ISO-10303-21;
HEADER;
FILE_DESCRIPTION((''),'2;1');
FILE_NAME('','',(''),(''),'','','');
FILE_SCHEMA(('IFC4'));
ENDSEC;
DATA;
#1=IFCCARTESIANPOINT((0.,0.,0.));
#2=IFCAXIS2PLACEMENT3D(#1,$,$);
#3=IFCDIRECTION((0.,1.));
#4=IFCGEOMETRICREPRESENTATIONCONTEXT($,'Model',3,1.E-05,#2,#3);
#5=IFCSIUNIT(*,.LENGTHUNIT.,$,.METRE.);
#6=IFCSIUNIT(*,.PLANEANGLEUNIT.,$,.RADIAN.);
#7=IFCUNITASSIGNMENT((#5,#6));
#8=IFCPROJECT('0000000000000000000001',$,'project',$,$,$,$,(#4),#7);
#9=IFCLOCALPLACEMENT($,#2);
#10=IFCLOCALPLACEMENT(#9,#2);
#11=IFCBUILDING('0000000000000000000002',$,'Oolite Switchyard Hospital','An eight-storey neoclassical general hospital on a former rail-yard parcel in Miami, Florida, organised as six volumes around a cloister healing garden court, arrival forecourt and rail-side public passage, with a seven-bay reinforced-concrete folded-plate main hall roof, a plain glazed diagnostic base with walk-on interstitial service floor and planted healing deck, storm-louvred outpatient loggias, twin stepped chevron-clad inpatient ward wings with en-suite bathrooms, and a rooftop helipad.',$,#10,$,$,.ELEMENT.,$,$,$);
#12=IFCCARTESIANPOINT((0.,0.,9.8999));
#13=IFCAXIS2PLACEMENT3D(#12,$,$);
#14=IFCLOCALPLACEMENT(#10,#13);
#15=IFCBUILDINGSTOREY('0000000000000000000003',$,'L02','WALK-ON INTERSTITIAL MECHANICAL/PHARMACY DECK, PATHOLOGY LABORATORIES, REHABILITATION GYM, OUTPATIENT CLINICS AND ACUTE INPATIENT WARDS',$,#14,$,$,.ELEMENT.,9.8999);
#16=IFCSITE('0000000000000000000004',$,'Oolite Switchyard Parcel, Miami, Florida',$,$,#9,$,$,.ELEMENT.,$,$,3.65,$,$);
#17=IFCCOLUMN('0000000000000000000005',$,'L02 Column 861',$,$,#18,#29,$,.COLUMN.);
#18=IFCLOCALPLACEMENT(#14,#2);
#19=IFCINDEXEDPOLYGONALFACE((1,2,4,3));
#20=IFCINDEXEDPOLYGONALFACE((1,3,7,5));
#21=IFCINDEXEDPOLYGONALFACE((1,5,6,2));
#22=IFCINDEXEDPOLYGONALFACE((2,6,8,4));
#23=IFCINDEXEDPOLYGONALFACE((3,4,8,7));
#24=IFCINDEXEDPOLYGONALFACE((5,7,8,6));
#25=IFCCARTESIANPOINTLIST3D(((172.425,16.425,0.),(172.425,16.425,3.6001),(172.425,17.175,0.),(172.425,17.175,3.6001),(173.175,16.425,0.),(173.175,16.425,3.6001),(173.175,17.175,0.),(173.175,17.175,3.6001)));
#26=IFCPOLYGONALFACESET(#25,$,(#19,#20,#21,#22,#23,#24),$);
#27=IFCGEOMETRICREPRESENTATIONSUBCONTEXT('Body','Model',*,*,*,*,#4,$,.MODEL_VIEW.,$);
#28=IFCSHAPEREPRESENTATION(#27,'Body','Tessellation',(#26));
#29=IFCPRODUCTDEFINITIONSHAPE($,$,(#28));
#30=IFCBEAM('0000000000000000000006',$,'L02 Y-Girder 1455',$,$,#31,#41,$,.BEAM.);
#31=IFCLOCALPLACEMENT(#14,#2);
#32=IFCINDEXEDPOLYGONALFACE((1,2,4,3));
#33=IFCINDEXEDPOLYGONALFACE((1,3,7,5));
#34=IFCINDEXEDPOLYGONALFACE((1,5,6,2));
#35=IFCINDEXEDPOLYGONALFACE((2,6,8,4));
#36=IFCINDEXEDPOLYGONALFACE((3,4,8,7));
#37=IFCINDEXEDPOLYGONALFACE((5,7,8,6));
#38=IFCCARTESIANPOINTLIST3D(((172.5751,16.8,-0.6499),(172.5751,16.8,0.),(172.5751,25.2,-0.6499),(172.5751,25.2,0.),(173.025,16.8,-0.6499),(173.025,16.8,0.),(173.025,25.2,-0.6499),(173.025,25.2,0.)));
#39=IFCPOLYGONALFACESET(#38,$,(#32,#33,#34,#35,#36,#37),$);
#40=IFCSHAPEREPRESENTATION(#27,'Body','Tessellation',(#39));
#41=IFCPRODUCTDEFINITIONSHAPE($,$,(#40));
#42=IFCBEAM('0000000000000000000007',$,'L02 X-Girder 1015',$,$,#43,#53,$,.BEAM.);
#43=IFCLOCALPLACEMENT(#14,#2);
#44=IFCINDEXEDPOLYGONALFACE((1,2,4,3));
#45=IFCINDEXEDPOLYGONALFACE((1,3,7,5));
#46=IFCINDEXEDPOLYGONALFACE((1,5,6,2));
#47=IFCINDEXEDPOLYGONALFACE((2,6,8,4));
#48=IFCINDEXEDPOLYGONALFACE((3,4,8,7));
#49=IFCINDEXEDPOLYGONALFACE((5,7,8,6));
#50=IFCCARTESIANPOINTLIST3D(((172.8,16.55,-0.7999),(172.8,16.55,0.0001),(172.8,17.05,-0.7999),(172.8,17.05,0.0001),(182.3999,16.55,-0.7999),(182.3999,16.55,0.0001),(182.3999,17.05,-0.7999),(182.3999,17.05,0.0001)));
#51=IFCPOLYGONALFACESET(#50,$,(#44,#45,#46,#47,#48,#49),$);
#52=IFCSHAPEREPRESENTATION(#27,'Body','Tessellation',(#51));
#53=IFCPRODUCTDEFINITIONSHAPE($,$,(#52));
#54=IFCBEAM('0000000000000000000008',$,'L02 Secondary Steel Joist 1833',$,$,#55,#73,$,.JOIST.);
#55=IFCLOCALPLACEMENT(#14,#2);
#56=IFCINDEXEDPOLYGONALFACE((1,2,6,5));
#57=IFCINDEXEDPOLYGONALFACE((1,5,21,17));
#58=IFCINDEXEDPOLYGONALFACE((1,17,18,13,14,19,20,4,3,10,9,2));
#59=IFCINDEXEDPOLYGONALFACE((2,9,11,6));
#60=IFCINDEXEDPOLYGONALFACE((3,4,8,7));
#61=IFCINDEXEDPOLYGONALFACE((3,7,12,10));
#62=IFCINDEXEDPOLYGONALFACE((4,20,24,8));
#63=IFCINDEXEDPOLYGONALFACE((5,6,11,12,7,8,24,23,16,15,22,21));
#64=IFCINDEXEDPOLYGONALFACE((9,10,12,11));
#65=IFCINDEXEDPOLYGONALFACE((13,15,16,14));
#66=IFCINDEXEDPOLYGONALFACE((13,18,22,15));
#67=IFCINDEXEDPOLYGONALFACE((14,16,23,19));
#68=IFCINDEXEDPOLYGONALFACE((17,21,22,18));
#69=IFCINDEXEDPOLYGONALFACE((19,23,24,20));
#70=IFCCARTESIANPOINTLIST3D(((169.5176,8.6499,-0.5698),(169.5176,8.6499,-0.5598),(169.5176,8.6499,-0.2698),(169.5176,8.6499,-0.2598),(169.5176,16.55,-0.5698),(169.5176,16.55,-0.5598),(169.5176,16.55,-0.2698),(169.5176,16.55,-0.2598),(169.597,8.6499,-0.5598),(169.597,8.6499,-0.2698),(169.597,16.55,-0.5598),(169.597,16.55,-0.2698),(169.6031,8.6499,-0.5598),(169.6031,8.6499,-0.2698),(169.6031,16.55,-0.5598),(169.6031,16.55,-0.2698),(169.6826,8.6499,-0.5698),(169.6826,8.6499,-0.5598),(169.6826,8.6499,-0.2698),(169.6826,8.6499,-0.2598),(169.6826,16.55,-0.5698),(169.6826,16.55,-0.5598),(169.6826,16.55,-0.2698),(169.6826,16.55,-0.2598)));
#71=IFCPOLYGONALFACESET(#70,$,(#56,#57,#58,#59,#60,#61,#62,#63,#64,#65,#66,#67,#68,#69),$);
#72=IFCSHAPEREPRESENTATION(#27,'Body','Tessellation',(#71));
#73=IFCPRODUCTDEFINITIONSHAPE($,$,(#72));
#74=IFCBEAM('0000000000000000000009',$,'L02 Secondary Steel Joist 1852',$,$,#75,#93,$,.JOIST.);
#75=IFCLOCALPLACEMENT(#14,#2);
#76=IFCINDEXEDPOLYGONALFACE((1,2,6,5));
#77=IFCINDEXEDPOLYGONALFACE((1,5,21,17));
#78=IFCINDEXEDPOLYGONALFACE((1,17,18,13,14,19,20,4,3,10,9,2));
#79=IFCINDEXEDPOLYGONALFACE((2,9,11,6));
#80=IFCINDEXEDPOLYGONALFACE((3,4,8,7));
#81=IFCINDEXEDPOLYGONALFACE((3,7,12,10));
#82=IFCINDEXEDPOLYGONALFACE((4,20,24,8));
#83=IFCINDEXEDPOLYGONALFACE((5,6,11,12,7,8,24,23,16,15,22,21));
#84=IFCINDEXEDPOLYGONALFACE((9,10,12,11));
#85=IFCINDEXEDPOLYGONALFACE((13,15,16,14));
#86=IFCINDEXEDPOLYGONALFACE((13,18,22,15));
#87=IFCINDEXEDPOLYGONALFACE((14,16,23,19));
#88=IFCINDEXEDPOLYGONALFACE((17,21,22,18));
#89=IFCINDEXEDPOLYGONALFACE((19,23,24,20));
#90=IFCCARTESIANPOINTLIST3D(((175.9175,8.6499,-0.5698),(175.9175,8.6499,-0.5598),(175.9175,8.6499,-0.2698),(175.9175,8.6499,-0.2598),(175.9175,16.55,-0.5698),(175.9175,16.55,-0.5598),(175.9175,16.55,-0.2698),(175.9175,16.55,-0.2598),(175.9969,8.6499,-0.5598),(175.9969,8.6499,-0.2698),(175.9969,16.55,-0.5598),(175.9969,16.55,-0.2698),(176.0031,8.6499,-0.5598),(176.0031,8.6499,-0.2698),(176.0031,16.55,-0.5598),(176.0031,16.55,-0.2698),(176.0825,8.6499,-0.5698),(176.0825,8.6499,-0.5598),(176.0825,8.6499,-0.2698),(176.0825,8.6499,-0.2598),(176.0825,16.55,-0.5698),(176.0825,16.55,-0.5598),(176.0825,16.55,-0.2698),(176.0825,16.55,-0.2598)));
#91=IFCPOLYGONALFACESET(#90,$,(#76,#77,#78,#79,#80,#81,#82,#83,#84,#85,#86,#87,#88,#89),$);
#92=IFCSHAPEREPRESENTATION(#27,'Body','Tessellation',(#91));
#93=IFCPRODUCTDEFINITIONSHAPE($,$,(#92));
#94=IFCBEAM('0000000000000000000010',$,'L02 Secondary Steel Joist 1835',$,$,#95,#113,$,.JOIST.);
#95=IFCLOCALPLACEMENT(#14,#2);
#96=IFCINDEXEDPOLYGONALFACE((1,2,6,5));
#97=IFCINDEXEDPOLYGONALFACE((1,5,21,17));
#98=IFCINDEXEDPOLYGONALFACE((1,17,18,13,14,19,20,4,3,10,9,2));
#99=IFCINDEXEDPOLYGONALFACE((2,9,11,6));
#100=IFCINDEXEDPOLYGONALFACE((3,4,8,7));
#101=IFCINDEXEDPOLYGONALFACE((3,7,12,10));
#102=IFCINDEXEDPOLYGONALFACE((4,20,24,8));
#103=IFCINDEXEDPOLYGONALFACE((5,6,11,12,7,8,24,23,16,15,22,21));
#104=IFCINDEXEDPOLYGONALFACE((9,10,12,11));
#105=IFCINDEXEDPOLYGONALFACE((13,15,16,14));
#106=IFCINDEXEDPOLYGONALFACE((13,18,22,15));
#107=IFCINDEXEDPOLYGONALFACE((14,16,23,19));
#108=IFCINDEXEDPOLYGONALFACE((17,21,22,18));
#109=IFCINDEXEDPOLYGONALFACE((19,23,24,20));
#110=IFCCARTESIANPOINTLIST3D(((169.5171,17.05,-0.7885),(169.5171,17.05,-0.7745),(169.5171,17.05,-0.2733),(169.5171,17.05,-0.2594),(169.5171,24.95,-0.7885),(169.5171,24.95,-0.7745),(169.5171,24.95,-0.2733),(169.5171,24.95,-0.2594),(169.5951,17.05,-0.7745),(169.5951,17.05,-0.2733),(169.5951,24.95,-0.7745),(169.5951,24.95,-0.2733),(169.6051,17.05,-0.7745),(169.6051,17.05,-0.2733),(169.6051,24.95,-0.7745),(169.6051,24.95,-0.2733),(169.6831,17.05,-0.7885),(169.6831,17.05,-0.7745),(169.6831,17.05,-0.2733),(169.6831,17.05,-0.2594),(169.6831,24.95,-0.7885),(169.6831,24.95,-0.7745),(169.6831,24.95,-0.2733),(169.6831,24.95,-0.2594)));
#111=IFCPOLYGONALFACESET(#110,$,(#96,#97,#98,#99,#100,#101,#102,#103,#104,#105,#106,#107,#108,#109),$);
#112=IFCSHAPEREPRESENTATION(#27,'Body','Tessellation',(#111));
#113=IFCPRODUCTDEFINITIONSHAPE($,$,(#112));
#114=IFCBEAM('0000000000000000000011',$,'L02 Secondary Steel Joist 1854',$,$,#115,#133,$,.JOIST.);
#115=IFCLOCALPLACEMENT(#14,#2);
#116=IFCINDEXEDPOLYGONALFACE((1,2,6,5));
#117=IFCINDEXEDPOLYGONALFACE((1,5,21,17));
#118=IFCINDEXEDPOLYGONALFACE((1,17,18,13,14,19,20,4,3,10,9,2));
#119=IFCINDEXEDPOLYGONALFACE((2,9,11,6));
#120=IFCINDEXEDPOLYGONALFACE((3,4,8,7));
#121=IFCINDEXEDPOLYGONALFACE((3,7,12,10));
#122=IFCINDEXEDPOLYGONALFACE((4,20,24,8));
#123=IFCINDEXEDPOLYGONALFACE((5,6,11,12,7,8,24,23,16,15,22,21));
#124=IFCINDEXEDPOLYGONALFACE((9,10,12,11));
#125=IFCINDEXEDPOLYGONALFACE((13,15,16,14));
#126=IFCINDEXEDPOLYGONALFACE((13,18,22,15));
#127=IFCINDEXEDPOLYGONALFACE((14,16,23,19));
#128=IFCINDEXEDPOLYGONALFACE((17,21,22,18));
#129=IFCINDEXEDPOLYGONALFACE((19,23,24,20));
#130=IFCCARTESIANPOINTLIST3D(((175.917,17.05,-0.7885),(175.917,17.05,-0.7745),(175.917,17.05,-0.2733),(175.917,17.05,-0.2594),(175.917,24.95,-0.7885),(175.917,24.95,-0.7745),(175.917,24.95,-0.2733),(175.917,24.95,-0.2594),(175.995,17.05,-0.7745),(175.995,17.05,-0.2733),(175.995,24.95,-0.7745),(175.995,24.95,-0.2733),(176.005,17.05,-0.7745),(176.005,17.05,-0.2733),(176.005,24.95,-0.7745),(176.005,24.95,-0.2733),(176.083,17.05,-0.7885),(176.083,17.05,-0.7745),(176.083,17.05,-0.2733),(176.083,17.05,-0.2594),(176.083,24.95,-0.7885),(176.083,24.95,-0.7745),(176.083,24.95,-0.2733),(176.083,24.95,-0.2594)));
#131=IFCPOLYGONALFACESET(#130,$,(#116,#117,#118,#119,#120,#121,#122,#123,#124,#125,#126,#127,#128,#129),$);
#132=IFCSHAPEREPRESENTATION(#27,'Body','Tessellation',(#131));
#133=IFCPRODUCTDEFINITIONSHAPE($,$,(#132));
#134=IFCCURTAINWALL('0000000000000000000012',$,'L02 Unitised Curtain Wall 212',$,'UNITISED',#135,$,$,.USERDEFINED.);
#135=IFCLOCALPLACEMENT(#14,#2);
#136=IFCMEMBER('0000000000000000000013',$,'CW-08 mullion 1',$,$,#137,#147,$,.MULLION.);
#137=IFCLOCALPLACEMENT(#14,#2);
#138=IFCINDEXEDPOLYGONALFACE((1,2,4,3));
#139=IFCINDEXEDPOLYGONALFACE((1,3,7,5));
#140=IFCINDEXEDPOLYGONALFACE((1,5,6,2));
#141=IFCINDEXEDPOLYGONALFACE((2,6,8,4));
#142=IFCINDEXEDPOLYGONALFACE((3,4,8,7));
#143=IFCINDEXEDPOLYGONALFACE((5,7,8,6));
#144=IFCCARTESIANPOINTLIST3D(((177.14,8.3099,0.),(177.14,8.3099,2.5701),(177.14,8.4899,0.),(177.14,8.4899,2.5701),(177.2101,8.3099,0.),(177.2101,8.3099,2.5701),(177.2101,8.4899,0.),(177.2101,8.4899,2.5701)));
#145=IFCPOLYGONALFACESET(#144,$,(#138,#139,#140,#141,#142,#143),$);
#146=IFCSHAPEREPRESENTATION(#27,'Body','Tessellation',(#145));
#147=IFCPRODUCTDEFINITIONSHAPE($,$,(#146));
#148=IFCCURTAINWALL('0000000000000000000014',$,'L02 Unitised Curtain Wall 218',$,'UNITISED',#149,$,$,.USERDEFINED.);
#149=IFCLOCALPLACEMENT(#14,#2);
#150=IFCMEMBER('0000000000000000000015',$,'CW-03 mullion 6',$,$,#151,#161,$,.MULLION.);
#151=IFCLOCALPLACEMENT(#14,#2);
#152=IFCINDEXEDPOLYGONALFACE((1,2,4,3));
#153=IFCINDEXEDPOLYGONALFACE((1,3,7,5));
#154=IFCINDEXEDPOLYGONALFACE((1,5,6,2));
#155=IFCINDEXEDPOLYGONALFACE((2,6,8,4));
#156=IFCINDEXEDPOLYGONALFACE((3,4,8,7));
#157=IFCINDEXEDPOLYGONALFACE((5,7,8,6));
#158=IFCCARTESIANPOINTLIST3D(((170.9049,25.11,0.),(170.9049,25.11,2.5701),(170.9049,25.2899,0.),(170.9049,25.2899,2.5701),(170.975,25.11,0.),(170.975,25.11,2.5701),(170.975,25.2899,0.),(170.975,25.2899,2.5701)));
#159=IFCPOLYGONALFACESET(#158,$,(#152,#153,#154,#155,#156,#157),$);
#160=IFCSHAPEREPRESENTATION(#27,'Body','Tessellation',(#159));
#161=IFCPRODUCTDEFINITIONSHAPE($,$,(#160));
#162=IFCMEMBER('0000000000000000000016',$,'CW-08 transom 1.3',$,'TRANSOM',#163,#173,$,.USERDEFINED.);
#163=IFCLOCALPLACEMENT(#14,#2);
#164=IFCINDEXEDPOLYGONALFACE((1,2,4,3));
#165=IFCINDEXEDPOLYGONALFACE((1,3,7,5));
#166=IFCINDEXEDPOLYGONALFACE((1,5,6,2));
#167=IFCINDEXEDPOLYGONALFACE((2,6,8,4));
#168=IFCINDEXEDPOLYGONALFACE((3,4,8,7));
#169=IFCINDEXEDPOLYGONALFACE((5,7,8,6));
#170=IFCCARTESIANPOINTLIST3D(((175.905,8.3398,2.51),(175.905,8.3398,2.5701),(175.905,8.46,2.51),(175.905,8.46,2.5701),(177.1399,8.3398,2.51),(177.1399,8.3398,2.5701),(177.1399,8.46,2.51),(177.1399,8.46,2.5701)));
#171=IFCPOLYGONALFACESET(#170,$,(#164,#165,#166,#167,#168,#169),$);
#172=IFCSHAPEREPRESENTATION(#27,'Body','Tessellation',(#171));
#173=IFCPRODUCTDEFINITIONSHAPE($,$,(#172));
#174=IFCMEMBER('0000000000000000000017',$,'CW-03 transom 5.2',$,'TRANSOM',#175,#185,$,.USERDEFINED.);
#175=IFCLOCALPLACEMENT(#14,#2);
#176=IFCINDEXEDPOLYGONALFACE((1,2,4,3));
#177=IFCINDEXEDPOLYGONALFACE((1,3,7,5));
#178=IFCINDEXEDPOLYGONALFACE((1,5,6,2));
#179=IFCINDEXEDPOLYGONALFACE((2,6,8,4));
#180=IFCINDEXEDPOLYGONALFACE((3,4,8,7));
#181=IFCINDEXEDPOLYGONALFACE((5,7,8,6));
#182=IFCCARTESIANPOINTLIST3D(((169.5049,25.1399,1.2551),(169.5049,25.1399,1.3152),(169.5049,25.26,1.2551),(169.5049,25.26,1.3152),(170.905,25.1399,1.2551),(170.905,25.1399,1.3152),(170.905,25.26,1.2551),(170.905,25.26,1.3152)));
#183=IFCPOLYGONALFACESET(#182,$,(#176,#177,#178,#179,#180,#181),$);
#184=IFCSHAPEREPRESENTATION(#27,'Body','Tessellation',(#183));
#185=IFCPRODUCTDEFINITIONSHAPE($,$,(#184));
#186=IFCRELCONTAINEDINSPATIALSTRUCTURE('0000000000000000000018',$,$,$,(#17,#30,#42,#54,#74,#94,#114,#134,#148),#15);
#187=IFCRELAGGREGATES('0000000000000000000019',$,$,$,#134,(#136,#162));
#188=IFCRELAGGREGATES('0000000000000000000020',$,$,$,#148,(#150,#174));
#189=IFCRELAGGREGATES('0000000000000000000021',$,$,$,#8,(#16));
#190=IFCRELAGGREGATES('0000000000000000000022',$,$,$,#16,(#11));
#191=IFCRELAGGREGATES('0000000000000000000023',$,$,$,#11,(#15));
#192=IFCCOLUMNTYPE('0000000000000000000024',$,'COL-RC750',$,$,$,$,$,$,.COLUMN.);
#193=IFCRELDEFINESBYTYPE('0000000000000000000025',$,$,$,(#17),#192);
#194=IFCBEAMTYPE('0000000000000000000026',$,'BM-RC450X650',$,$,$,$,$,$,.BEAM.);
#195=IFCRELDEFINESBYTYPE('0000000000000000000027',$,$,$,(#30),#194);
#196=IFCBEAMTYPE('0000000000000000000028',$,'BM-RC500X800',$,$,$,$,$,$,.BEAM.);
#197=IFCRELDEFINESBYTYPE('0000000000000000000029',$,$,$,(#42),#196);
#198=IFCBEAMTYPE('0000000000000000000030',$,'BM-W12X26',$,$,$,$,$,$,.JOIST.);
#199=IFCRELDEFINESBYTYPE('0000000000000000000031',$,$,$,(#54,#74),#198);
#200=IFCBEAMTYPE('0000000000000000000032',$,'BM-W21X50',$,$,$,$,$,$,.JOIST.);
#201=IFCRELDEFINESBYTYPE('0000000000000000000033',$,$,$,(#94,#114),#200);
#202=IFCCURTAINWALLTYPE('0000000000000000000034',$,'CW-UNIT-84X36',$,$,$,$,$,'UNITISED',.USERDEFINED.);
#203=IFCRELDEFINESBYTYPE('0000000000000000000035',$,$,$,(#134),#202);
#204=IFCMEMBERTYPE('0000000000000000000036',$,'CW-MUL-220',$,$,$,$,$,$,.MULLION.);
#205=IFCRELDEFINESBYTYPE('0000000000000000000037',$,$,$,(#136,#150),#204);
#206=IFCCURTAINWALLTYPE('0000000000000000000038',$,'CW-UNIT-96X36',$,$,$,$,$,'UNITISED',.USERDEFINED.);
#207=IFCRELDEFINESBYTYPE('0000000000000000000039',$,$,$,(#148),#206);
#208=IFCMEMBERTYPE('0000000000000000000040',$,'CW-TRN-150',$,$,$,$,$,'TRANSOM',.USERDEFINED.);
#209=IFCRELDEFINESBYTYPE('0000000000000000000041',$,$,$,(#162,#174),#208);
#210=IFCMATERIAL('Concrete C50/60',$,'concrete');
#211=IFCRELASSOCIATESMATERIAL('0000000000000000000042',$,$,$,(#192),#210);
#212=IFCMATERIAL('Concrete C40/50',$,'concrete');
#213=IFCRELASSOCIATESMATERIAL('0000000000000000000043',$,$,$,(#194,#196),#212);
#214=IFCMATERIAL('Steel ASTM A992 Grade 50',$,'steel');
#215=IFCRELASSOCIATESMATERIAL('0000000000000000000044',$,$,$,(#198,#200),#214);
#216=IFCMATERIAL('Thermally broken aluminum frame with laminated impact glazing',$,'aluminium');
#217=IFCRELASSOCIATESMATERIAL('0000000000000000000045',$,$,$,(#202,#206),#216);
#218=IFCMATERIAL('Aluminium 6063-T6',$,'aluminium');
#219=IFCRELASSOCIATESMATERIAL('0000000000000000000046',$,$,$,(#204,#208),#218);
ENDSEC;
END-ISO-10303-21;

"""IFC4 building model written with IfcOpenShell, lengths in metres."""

from ifc_helpers import new_model, si_unit, direction, frame, origin, origin_2d, place, context, subcontext, project, spatial, rectangle, i_section, extrude, material, material_profile, profile_set, type_object, element, aggregate, save


model = new_model("IFC4")

# Units and contexts
model_context = context("Model", 3, precision=1e-05, world=origin(), true_north=direction((0.0, 1.0)))
body_context = subcontext(model_context, "Body", "Model", "MODEL_VIEW")
ifc_project = project(units=[si_unit("LENGTHUNIT", "METRE"), si_unit("PLANEANGLEUNIT", "RADIAN")], contexts=[model_context])

# Site, building, storey
site_placement = place(None, origin())
site = spatial("IfcSite", under=ifc_project, at=site_placement, Name="Oolite Switchyard Parcel, Miami, Florida", CompositionType="ELEMENT", RefElevation=3.65)
building_placement = place(site_placement, origin())
building = spatial("IfcBuilding", under=site, at=building_placement, Name="Oolite Switchyard Hospital", Description="An eight-storey neoclassical general hospital on a former rail-yard parcel in Miami, Florida, organised as six volumes around a cloister healing garden court, arrival forecourt and rail-side public passage, with a seven-bay reinforced-concrete folded-plate main hall roof, a plain glazed diagnostic base with walk-on interstitial service floor and planted healing deck, storm-louvred outpatient loggias, twin stepped chevron-clad inpatient ward wings with en-suite bathrooms, and a rooftop helipad.", CompositionType="ELEMENT")
storey_placement = place(building_placement, frame((0.0, 0.0, 9.8999)))
storey = spatial("IfcBuildingStorey", under=building, at=storey_placement, Name="L02", Description="WALK-ON INTERSTITIAL MECHANICAL/PHARMACY DECK, PATHOLOGY LABORATORIES, REHABILITATION GYM, OUTPATIENT CLINICS AND ACUTE INPATIENT WARDS", CompositionType="ELEMENT", Elevation=9.8999)

# Column
ifc_material_1 = material(Name="Concrete C50/60", Category="concrete")
ifc_material_profile_1 = material_profile(ifc_material_1, rectangle(XDim=0.75, YDim=0.75, at=origin_2d()), Name="RC750X750")
ifc_profile_set_1 = profile_set([ifc_material_profile_1], Name="Concrete C50/60")
column_type = type_object("IfcColumnType", Name="COL-RC750", PredefinedType="COLUMN", material=ifc_profile_set_1)
column_placement = place(storey_placement, frame((172.8, 16.8, 0.0), z_axis=(0.0, 0.0, 1.0), x_axis=(1.0, 0.0, 0.0)))
element("IfcColumn", 1, at=column_placement, inside=storey, type_object=column_type, Name="L02 Column 861", PredefinedType="COLUMN", context=body_context, shape_type="SweptSolid", body=[
    extrude(rectangle(XDim=0.75, YDim=0.75, at=origin_2d()), origin(), (0.0, 0.0, 1.0), 3.6001),
])

# Beams
ifc_material_2 = material(Name="Concrete C40/50", Category="concrete")
ifc_material_profile_2 = material_profile(ifc_material_2, rectangle(XDim=0.45, YDim=0.6499, at=origin_2d()), Name="RCB450X650")
ifc_profile_set_2 = profile_set([ifc_material_profile_2], Name="Concrete C40/50")
beam_type_1 = type_object("IfcBeamType", Name="BM-RC450X650", PredefinedType="BEAM", material=ifc_profile_set_2)
beam_1_placement = place(storey_placement, frame((172.8, 16.8, -0.325), z_axis=(0.0, 1.0, 0.0), x_axis=(-1.0, 0.0, 0.0)))
element("IfcBeam", 2, at=beam_1_placement, inside=storey, type_object=beam_type_1, Name="L02 Y-Girder 1455", PredefinedType="BEAM", context=body_context, shape_type="SweptSolid", body=[
    extrude(rectangle(XDim=0.45, YDim=0.6499, at=origin_2d()), origin(), (0.0, 0.0, 1.0), 8.3999),
])
ifc_material_profile_3 = material_profile(ifc_material_2, rectangle(XDim=0.5, YDim=0.8, at=origin_2d()), Name="RCB500X800")
ifc_profile_set_3 = profile_set([ifc_material_profile_3], Name="Concrete C40/50")
beam_type_2 = type_object("IfcBeamType", Name="BM-RC500X800", PredefinedType="BEAM", material=ifc_profile_set_3)
beam_2_placement = place(storey_placement, frame((172.8, 16.8, -0.3999), z_axis=(1.0, 0.0, 0.0), x_axis=(0.0, 1.0, 0.0)))
element("IfcBeam", 3, at=beam_2_placement, inside=storey, type_object=beam_type_2, Name="L02 X-Girder 1015", PredefinedType="BEAM", context=body_context, shape_type="SweptSolid", body=[
    extrude(rectangle(XDim=0.5, YDim=0.8, at=origin_2d()), origin(), (0.0, 0.0, 1.0), 9.5999),
])
ifc_material_3 = material(Name="Steel ASTM A992 Grade 50", Category="steel")
ifc_material_profile_4 = material_profile(ifc_material_3, i_section(OverallWidth=0.165, OverallDepth=0.3101, WebThickness=0.0061, FlangeThickness=0.01, at=origin_2d()), Name="W12X26")
ifc_profile_set_4 = profile_set([ifc_material_profile_4], Name="Steel ASTM A992 Grade 50")
beam_type_3 = type_object("IfcBeamType", Name="BM-W12X26", PredefinedType="JOIST", material=ifc_profile_set_4)
for number, where, z_axis, x_axis, name in (
    (4, (169.6001, 8.6499, -0.4148), (0.0, 1.0, 0.0), (-1.0, 0.0, 0.0), "L02 Secondary Steel Joist 1833"),
    (5, (176.0, 8.6499, -0.4148), (0.0, 1.0, 0.0), (-1.0, 0.0, 0.0), "L02 Secondary Steel Joist 1852"),
):
    element("IfcBeam", number, at=place(storey_placement, frame(where, z_axis=z_axis, x_axis=x_axis)), inside=storey, type_object=beam_type_3, Name=name, PredefinedType="JOIST", context=body_context, shape_type="SweptSolid", body=[
        extrude(i_section(OverallWidth=0.165, OverallDepth=0.3101, WebThickness=0.0061, FlangeThickness=0.01, at=origin_2d()), origin(), (0.0, 0.0, 1.0), 7.9001),
    ])
ifc_material_profile_5 = material_profile(ifc_material_3, i_section(OverallWidth=0.166, OverallDepth=0.5291, WebThickness=0.01, FlangeThickness=0.0139, at=origin_2d()), Name="W21X50")
ifc_profile_set_5 = profile_set([ifc_material_profile_5], Name="Steel ASTM A992 Grade 50")
beam_type_4 = type_object("IfcBeamType", Name="BM-W21X50", PredefinedType="JOIST", material=ifc_profile_set_5)
for number, where, z_axis, x_axis, name in (
    (6, (169.6001, 17.05, -0.5239), (0.0, 1.0, 0.0), (-1.0, 0.0, 0.0), "L02 Secondary Steel Joist 1835"),
    (7, (176.0, 17.05, -0.5239), (0.0, 1.0, 0.0), (-1.0, 0.0, 0.0), "L02 Secondary Steel Joist 1854"),
):
    element("IfcBeam", number, at=place(storey_placement, frame(where, z_axis=z_axis, x_axis=x_axis)), inside=storey, type_object=beam_type_4, Name=name, PredefinedType="JOIST", context=body_context, shape_type="SweptSolid", body=[
        extrude(i_section(OverallWidth=0.166, OverallDepth=0.5291, WebThickness=0.01, FlangeThickness=0.0139, at=origin_2d()), origin(), (0.0, 0.0, 1.0), 7.8999),
    ])

# Curtain walls, members
ifc_material_4 = material(Name="Thermally broken aluminum frame with laminated impact glazing", Category="aluminium")
curtain_wall_type_1 = type_object("IfcCurtainWallType", Name="CW-UNIT-84X36", ElementType="UNITISED", PredefinedType="USERDEFINED", material=ifc_material_4)
curtain_wall_1_placement = place(storey_placement, origin())
curtain_wall_1 = element("IfcCurtainWall", 8, at=curtain_wall_1_placement, inside=storey, type_object=curtain_wall_type_1, Name="L02 Unitised Curtain Wall 212", ObjectType="UNITISED", PredefinedType="USERDEFINED")
ifc_material_5 = material(Name="Aluminium 6063-T6", Category="aluminium")
ifc_material_profile_6 = material_profile(ifc_material_5, rectangle(XDim=0.1799, YDim=0.0701, at=origin_2d()), Name="CWM70X180")
ifc_profile_set_6 = profile_set([ifc_material_profile_6], Name="Aluminium 6063-T6")
member_type_1 = type_object("IfcMemberType", Name="CW-MUL-220", PredefinedType="MULLION", material=ifc_profile_set_6)
member_1_placement = place(storey_placement, frame((177.175, 8.3999, 0.0), z_axis=(0.0, 0.0, 1.0), x_axis=(0.0, -1.0, 0.0)))
member_1 = element("IfcMember", 9, at=member_1_placement, type_object=member_type_1, Name="CW-08 mullion 1", PredefinedType="MULLION", context=body_context, shape_type="SweptSolid", body=[
    extrude(rectangle(XDim=0.1799, YDim=0.0701, at=origin_2d()), origin(), (0.0, 0.0, 1.0), 2.5701),
])
curtain_wall_type_2 = type_object("IfcCurtainWallType", Name="CW-UNIT-96X36", ElementType="UNITISED", PredefinedType="USERDEFINED", material=ifc_material_4)
curtain_wall_2_placement = place(storey_placement, origin())
curtain_wall_2 = element("IfcCurtainWall", 10, at=curtain_wall_2_placement, inside=storey, type_object=curtain_wall_type_2, Name="L02 Unitised Curtain Wall 218", ObjectType="UNITISED", PredefinedType="USERDEFINED")
member_2_placement = place(storey_placement, frame((170.9399, 25.2, 0.0), z_axis=(0.0, 0.0, 1.0), x_axis=(0.0, 1.0, 0.0)))
member_2 = element("IfcMember", 11, at=member_2_placement, type_object=member_type_1, Name="CW-03 mullion 6", PredefinedType="MULLION", context=body_context, shape_type="SweptSolid", body=[
    extrude(rectangle(XDim=0.1799, YDim=0.0701, at=origin_2d()), origin(), (0.0, 0.0, 1.0), 2.5701),
])

# Members
ifc_material_profile_7 = material_profile(ifc_material_5, rectangle(XDim=0.1201, YDim=0.0601, at=origin_2d()), Name="CWT60X120")
ifc_profile_set_7 = profile_set([ifc_material_profile_7], Name="Aluminium 6063-T6")
member_type_2 = type_object("IfcMemberType", Name="CW-TRN-150", ElementType="TRANSOM", PredefinedType="USERDEFINED", material=ifc_profile_set_7)
member_3_placement = place(storey_placement, frame((177.1399, 8.3999, 2.54), z_axis=(-1.0, 0.0, 0.0), x_axis=(0.0, -1.0, 0.0)))
member_3 = element("IfcMember", 12, at=member_3_placement, type_object=member_type_2, Name="CW-08 transom 1.3", ObjectType="TRANSOM", PredefinedType="USERDEFINED", context=body_context, shape_type="SweptSolid", body=[
    extrude(rectangle(XDim=0.1201, YDim=0.0601, at=origin_2d()), origin(), (0.0, 0.0, 1.0), 1.2349),
])
aggregate(curtain_wall_1, [member_1, member_3])
member_4_placement = place(storey_placement, frame((169.5049, 25.2, 1.2852), z_axis=(1.0, 0.0, 0.0), x_axis=(0.0, 1.0, 0.0)))
member_4 = element("IfcMember", 13, at=member_4_placement, type_object=member_type_2, Name="CW-03 transom 5.2", ObjectType="TRANSOM", PredefinedType="USERDEFINED", context=body_context, shape_type="SweptSolid", body=[
    extrude(rectangle(XDim=0.1201, YDim=0.0601, at=origin_2d()), origin(), (0.0, 0.0, 1.0), 1.4001),
])

aggregate(curtain_wall_2, [member_2, member_4])

save(model, "model.ifc")
